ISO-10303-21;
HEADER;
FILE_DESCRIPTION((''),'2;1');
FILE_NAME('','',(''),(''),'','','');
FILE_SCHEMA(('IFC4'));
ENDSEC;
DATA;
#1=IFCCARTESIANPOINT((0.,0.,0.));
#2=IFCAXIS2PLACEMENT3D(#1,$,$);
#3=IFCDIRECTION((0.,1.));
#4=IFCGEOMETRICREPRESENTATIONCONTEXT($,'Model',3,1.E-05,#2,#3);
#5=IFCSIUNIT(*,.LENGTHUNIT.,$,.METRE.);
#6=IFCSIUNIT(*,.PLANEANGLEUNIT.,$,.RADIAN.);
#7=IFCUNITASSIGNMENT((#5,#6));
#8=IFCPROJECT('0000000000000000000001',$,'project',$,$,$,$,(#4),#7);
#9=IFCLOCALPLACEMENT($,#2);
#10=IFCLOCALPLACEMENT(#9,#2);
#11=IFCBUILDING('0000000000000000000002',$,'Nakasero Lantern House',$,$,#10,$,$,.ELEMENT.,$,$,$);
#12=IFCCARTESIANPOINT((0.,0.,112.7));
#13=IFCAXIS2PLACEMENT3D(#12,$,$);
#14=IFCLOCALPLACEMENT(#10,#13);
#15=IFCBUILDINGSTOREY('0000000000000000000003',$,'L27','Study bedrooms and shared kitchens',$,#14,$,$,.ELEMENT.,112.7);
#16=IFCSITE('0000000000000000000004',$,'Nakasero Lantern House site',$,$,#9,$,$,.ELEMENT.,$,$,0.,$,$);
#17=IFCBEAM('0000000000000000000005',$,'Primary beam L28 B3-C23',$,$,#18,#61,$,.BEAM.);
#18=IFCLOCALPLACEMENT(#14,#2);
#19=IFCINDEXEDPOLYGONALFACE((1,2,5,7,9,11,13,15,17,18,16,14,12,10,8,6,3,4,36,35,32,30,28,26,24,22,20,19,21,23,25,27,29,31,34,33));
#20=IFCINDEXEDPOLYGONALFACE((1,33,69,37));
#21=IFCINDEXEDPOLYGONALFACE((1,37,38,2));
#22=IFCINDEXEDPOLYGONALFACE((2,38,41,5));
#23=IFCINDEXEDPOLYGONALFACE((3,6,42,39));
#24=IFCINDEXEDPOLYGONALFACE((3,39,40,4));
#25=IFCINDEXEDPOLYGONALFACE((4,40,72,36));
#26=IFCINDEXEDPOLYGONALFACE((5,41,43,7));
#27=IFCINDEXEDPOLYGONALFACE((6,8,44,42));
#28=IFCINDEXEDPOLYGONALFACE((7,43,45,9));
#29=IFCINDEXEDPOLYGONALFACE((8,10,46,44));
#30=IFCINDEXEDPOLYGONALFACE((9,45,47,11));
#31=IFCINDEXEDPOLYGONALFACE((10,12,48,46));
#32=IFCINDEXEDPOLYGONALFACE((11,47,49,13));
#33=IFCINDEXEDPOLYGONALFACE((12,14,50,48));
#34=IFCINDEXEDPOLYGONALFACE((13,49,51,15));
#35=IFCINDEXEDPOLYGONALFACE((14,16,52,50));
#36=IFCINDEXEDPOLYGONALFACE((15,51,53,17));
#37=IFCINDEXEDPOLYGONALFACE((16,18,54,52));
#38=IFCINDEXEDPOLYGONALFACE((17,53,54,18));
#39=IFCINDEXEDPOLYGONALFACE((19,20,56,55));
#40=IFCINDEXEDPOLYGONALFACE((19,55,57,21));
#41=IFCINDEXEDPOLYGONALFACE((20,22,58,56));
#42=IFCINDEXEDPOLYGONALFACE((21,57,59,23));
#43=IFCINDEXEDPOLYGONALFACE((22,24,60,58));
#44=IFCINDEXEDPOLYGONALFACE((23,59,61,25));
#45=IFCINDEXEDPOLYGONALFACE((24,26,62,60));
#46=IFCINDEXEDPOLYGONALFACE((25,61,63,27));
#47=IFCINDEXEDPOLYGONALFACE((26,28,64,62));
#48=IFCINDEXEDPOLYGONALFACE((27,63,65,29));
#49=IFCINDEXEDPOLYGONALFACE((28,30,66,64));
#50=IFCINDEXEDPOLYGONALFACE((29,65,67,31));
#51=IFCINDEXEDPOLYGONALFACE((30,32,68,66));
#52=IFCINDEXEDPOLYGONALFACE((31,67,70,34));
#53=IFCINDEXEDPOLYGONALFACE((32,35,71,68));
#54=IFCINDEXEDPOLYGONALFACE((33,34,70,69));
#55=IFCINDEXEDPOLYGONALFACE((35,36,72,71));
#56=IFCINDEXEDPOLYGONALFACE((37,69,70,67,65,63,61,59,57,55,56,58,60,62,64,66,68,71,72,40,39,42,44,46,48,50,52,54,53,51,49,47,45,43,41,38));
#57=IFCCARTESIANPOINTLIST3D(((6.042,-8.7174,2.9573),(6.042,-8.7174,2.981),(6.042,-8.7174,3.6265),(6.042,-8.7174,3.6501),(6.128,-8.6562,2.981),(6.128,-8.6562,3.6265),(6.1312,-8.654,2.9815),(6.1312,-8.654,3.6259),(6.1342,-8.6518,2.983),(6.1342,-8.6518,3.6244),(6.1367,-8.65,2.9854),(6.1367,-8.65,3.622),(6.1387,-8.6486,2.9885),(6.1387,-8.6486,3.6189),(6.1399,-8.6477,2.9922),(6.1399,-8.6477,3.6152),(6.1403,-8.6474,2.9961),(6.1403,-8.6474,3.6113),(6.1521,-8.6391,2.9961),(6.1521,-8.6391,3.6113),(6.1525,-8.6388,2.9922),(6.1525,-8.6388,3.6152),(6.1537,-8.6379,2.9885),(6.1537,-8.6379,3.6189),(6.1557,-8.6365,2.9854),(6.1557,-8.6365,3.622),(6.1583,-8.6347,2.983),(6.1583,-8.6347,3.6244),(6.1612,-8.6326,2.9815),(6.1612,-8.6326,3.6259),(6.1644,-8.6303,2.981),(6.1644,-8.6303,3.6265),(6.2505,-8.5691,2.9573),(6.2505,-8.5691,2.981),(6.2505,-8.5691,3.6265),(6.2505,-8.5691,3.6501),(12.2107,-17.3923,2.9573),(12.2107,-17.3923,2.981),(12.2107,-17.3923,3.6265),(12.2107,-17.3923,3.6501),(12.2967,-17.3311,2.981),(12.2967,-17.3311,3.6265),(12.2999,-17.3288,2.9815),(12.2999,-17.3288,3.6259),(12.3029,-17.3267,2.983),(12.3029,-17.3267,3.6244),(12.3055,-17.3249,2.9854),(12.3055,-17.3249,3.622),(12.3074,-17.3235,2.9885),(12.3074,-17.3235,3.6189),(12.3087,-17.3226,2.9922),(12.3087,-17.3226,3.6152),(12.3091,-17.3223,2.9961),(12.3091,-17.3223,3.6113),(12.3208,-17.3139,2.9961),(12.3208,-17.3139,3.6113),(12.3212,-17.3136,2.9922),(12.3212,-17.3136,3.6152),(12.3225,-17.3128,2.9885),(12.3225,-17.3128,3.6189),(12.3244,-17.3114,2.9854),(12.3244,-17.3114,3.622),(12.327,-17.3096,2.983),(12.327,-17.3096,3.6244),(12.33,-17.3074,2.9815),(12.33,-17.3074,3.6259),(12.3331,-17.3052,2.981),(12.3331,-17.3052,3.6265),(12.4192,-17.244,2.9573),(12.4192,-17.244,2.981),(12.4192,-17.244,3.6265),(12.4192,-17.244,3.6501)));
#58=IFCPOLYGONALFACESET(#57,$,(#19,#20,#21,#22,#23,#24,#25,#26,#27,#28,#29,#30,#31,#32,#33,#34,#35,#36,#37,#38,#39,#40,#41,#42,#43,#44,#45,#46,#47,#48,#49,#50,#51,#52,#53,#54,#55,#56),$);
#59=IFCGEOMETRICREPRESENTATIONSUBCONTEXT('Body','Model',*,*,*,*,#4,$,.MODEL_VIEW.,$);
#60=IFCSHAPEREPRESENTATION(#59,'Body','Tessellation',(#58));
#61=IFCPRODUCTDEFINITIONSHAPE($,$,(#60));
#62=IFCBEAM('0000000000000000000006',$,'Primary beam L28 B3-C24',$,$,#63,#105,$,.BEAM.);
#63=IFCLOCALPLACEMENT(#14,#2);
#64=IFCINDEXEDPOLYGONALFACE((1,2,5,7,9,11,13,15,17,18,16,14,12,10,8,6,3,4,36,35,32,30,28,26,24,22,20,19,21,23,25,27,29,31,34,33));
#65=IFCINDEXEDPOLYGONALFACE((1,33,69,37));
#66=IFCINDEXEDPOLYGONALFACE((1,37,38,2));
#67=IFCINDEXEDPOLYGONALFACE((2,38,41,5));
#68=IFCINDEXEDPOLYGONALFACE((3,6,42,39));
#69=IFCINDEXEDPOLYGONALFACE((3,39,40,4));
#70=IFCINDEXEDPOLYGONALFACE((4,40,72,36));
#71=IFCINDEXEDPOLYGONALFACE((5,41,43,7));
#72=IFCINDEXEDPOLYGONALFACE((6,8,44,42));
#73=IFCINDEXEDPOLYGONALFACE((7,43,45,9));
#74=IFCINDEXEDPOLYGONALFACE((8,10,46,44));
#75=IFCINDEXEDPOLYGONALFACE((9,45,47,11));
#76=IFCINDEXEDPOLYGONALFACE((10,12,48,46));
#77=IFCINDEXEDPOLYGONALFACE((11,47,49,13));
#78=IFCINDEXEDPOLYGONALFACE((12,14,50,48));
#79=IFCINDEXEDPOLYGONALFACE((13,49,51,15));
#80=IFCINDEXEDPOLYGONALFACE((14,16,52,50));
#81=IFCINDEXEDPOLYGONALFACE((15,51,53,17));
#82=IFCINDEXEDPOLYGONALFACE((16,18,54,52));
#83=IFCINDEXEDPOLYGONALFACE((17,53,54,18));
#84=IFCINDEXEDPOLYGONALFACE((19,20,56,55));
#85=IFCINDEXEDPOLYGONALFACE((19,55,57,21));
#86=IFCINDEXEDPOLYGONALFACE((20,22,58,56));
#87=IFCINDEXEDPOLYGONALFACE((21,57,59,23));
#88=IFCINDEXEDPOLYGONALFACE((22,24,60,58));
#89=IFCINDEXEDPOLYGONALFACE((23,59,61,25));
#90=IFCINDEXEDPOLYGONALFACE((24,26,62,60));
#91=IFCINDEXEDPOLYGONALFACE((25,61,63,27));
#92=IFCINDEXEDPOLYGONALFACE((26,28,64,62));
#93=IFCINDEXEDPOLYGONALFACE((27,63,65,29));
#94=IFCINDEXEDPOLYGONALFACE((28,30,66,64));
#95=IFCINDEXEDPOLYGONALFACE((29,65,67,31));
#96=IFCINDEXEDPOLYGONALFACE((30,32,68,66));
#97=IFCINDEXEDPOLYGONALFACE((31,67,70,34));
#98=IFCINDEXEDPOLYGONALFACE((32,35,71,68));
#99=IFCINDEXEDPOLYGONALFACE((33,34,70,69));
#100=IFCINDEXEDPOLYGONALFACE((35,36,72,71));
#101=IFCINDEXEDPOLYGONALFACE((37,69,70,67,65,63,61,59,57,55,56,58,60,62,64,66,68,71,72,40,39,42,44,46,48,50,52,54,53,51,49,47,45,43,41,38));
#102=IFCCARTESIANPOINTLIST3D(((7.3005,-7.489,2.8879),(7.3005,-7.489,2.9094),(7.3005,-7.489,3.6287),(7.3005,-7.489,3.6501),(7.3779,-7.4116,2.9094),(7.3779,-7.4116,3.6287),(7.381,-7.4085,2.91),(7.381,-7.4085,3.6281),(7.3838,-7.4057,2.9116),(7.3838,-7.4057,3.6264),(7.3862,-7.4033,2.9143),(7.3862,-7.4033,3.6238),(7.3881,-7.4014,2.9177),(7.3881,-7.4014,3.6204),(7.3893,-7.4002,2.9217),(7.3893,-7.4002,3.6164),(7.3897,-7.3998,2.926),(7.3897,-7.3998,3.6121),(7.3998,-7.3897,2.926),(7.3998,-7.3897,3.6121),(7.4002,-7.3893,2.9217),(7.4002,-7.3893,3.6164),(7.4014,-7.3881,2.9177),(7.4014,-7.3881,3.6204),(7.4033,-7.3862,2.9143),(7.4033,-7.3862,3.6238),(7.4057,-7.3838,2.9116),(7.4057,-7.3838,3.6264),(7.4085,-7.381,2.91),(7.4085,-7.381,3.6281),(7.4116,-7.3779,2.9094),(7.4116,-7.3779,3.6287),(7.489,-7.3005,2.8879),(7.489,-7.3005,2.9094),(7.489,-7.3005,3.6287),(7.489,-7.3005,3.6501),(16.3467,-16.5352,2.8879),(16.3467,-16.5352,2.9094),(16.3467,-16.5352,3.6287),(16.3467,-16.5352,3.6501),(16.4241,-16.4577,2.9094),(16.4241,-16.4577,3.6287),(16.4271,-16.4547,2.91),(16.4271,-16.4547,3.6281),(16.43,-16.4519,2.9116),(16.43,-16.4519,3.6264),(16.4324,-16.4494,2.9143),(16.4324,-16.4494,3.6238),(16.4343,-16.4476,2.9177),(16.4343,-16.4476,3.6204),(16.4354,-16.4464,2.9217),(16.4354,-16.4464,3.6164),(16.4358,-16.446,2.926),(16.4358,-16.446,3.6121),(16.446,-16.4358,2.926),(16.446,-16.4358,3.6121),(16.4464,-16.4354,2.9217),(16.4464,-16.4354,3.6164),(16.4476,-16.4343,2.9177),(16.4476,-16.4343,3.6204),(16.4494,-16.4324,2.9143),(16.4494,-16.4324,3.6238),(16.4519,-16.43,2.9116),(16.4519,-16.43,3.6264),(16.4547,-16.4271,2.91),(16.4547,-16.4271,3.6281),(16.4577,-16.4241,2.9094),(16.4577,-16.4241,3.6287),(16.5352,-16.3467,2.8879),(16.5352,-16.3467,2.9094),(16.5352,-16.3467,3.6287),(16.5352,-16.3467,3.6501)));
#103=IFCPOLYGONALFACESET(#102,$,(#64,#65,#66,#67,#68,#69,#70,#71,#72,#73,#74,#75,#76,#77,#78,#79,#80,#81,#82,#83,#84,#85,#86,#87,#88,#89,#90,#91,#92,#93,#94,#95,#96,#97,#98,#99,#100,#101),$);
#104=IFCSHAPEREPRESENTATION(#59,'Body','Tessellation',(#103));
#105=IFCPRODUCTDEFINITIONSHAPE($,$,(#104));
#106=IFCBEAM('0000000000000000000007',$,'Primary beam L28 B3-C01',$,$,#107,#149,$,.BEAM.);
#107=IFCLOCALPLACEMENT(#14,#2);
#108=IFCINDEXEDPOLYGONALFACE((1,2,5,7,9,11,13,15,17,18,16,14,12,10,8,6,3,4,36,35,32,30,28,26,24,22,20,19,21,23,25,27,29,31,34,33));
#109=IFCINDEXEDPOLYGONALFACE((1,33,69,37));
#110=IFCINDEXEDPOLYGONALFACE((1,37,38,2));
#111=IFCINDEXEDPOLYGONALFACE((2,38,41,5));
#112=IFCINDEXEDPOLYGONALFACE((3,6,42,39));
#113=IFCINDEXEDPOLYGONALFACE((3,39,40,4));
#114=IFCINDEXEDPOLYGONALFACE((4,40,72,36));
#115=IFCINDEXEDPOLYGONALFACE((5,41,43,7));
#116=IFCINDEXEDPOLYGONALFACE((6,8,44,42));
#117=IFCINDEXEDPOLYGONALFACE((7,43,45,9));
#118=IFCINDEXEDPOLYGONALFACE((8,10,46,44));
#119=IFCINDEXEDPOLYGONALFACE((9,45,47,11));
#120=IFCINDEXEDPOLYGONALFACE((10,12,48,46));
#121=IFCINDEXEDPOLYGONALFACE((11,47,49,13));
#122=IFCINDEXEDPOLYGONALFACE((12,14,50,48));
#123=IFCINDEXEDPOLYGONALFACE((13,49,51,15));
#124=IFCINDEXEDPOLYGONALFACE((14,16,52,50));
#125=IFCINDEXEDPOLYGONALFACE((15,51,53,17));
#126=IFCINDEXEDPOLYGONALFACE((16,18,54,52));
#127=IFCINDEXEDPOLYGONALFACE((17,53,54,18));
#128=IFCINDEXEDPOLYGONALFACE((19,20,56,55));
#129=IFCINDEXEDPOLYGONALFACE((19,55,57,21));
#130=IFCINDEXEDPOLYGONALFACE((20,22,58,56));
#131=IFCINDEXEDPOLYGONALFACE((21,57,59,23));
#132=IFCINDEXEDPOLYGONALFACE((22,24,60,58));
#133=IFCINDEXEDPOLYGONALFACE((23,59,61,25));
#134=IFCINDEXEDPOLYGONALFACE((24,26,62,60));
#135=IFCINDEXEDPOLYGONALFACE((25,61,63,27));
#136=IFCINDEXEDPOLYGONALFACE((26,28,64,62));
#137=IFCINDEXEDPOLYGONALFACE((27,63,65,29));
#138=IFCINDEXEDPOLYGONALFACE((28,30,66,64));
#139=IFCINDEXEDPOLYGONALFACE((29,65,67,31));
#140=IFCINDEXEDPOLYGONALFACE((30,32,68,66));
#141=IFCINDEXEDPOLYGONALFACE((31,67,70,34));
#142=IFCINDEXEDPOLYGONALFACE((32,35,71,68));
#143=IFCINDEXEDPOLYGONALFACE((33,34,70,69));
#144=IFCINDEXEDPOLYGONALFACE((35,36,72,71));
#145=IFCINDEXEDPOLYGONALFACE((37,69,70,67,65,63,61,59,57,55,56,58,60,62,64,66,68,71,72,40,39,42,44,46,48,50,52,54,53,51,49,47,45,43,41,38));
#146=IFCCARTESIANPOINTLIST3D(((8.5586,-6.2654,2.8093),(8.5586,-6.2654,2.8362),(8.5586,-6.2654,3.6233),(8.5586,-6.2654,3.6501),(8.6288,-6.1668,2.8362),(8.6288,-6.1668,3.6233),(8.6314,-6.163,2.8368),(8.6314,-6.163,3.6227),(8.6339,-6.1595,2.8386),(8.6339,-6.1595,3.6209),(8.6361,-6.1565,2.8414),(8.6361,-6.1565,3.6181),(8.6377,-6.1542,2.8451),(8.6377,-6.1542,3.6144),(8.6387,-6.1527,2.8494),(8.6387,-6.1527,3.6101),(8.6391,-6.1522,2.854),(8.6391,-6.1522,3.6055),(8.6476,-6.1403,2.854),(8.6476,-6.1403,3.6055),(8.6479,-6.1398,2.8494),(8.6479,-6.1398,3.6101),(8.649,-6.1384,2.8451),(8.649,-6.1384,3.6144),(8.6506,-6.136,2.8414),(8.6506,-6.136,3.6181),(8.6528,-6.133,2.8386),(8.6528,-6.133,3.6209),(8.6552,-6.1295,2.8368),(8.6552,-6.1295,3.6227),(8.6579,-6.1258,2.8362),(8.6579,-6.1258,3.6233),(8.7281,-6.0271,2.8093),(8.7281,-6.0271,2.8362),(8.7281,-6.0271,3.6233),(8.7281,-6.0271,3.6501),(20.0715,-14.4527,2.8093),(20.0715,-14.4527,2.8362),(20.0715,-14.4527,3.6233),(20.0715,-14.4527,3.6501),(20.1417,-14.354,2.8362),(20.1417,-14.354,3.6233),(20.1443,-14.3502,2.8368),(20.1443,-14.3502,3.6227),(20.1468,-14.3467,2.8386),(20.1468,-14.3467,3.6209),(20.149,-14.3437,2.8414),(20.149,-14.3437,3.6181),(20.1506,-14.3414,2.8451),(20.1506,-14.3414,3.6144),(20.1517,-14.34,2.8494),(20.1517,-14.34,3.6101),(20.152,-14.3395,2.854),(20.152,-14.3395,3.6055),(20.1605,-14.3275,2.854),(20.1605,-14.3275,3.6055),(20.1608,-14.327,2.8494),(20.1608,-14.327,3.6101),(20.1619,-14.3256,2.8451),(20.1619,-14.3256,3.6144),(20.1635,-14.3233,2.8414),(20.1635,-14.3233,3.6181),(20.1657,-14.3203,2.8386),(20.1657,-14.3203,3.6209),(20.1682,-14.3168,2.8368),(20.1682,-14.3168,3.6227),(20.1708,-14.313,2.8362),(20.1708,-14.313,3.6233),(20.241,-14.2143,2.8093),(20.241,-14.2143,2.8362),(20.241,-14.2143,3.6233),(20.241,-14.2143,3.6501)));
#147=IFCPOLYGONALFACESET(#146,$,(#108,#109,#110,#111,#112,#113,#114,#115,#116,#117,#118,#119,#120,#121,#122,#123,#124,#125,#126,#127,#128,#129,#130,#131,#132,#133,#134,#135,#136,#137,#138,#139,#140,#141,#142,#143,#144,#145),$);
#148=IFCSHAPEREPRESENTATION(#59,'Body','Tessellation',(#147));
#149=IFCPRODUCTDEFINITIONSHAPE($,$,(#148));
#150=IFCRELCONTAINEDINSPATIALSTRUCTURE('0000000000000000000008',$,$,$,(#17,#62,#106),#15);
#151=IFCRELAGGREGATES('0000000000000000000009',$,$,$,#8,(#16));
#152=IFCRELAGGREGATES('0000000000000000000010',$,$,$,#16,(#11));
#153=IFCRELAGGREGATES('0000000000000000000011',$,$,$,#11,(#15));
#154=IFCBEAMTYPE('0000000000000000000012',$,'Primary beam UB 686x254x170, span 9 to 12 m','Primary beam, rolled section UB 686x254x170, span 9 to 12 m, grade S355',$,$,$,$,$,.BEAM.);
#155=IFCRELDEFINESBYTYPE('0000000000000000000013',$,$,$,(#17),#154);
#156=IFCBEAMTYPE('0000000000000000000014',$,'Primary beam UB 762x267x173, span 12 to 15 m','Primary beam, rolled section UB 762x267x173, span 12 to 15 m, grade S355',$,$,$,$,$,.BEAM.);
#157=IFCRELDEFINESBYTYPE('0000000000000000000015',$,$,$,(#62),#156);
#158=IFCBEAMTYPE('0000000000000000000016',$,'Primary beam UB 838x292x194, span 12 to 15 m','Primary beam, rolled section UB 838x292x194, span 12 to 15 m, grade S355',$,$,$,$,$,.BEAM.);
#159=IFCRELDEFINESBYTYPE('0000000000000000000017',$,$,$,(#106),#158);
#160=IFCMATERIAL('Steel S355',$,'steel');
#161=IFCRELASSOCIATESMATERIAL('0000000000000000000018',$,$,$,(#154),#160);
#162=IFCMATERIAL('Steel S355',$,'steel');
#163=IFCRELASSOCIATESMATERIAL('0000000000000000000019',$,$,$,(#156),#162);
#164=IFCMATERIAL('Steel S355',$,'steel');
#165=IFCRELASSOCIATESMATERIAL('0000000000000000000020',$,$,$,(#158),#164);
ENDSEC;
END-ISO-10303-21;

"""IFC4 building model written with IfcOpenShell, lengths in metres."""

from ifc_helpers import new_model, si_unit, direction, frame, origin, origin_2d, place, context, subcontext, project, spatial, i_section, extrude, material, material_profile, profile_set, type_object, element, save


model = new_model("IFC4")

# Units and contexts
model_context = context("Model", 3, precision=1e-05, world=origin(), true_north=direction((0.0, 1.0)))
body_context = subcontext(model_context, "Body", "Model", "MODEL_VIEW")
ifc_project = project(units=[si_unit("LENGTHUNIT", "METRE"), si_unit("PLANEANGLEUNIT", "RADIAN")], contexts=[model_context])

# Site, building, storey
site_placement = place(None, origin())
site = spatial("IfcSite", under=ifc_project, at=site_placement, Name="Nakasero Lantern House site", CompositionType="ELEMENT", RefElevation=0.0)
building_placement = place(site_placement, origin())
building = spatial("IfcBuilding", under=site, at=building_placement, Name="Nakasero Lantern House", CompositionType="ELEMENT")
storey_placement = place(building_placement, frame((0.0, 0.0, 112.7)))
storey = spatial("IfcBuildingStorey", under=building, at=storey_placement, Name="L27", Description="Study bedrooms and shared kitchens", CompositionType="ELEMENT", Elevation=112.7)

# Beams
ifc_material_1 = material(Name="Steel S355", Category="steel")
ifc_material_profile_1 = material_profile(ifc_material_1, i_section(OverallWidth=0.2559, OverallDepth=0.6929, WebThickness=0.0144, FlangeThickness=0.0237, FilletRadius=0.0151, at=origin_2d()), Name="UB 686x254x170")
ifc_profile_set_1 = profile_set([ifc_material_profile_1], Name="Steel S355")
beam_type_1 = type_object("IfcBeamType", Name="Primary beam UB 686x254x170, span 9 to 12 m", Description="Primary beam, rolled section UB 686x254x170, span 9 to 12 m, grade S355", PredefinedType="BEAM", material=ifc_profile_set_1)
beam_1_placement = place(storey_placement, frame((12.3149, -17.3181, 3.3037), z_axis=(-0.579521, 0.814957, 0.0), x_axis=(-0.814957, -0.579521, 0.0)))
element("IfcBeam", 1, at=beam_1_placement, inside=storey, type_object=beam_type_1, Name="Primary beam L28 B3-C23", PredefinedType="BEAM", context=body_context, shape_type="SweptSolid", body=[
    extrude(i_section(OverallWidth=0.2559, OverallDepth=0.6929, WebThickness=0.0144, FlangeThickness=0.0237, FilletRadius=0.0151, at=origin_2d()), origin(), (0.0, 0.0, 1.0), 10.6445),
])
ifc_material_2 = material(Name="Steel S355", Category="steel")
ifc_material_profile_2 = material_profile(ifc_material_2, i_section(OverallWidth=0.2666, OverallDepth=0.7622, WebThickness=0.0144, FlangeThickness=0.0215, FilletRadius=0.0166, at=origin_2d()), Name="UB 762x267x173")
ifc_profile_set_2 = profile_set([ifc_material_profile_2], Name="Steel S355")
beam_type_2 = type_object("IfcBeamType", Name="Primary beam UB 762x267x173, span 12 to 15 m", Description="Primary beam, rolled section UB 762x267x173, span 12 to 15 m, grade S355", PredefinedType="BEAM", material=ifc_profile_set_2)
beam_2_placement = place(storey_placement, frame((16.4409, -16.4409, 3.269), z_axis=(-0.707107, 0.707107, 0.0), x_axis=(-0.707107, -0.707107, 0.0)))
element("IfcBeam", 2, at=beam_2_placement, inside=storey, type_object=beam_type_2, Name="Primary beam L28 B3-C24", PredefinedType="BEAM", context=body_context, shape_type="SweptSolid", body=[
    extrude(i_section(OverallWidth=0.2666, OverallDepth=0.7622, WebThickness=0.0144, FlangeThickness=0.0215, FilletRadius=0.0166, at=origin_2d()), origin(), (0.0, 0.0, 1.0), 12.7932),
])
ifc_material_3 = material(Name="Steel S355", Category="steel")
ifc_material_profile_3 = material_profile(ifc_material_3, i_section(OverallWidth=0.2925, OverallDepth=0.8408, WebThickness=0.0146, FlangeThickness=0.0269, FilletRadius=0.0178, at=origin_2d()), Name="UB 838x292x194")
ifc_profile_set_3 = profile_set([ifc_material_profile_3], Name="Steel S355")
beam_type_3 = type_object("IfcBeamType", Name="Primary beam UB 838x292x194, span 12 to 15 m", Description="Primary beam, rolled section UB 838x292x194, span 12 to 15 m, grade S355", PredefinedType="BEAM", material=ifc_profile_set_3)
beam_3_placement = place(storey_placement, frame((20.1562, -14.3335, 3.2297), z_axis=(-0.814946, 0.579537, 0.0), x_axis=(-0.579537, -0.814946, 0.0)))
element("IfcBeam", 3, at=beam_3_placement, inside=storey, type_object=beam_type_3, Name="Primary beam L28 B3-C01", PredefinedType="BEAM", context=body_context, shape_type="SweptSolid", body=[
    extrude(i_section(OverallWidth=0.2925, OverallDepth=0.8408, WebThickness=0.0146, FlangeThickness=0.0269, FilletRadius=0.0178, at=origin_2d()), origin(), (0.0, 0.0, 1.0), 14.1272),
])

save(model, "model.ifc")
